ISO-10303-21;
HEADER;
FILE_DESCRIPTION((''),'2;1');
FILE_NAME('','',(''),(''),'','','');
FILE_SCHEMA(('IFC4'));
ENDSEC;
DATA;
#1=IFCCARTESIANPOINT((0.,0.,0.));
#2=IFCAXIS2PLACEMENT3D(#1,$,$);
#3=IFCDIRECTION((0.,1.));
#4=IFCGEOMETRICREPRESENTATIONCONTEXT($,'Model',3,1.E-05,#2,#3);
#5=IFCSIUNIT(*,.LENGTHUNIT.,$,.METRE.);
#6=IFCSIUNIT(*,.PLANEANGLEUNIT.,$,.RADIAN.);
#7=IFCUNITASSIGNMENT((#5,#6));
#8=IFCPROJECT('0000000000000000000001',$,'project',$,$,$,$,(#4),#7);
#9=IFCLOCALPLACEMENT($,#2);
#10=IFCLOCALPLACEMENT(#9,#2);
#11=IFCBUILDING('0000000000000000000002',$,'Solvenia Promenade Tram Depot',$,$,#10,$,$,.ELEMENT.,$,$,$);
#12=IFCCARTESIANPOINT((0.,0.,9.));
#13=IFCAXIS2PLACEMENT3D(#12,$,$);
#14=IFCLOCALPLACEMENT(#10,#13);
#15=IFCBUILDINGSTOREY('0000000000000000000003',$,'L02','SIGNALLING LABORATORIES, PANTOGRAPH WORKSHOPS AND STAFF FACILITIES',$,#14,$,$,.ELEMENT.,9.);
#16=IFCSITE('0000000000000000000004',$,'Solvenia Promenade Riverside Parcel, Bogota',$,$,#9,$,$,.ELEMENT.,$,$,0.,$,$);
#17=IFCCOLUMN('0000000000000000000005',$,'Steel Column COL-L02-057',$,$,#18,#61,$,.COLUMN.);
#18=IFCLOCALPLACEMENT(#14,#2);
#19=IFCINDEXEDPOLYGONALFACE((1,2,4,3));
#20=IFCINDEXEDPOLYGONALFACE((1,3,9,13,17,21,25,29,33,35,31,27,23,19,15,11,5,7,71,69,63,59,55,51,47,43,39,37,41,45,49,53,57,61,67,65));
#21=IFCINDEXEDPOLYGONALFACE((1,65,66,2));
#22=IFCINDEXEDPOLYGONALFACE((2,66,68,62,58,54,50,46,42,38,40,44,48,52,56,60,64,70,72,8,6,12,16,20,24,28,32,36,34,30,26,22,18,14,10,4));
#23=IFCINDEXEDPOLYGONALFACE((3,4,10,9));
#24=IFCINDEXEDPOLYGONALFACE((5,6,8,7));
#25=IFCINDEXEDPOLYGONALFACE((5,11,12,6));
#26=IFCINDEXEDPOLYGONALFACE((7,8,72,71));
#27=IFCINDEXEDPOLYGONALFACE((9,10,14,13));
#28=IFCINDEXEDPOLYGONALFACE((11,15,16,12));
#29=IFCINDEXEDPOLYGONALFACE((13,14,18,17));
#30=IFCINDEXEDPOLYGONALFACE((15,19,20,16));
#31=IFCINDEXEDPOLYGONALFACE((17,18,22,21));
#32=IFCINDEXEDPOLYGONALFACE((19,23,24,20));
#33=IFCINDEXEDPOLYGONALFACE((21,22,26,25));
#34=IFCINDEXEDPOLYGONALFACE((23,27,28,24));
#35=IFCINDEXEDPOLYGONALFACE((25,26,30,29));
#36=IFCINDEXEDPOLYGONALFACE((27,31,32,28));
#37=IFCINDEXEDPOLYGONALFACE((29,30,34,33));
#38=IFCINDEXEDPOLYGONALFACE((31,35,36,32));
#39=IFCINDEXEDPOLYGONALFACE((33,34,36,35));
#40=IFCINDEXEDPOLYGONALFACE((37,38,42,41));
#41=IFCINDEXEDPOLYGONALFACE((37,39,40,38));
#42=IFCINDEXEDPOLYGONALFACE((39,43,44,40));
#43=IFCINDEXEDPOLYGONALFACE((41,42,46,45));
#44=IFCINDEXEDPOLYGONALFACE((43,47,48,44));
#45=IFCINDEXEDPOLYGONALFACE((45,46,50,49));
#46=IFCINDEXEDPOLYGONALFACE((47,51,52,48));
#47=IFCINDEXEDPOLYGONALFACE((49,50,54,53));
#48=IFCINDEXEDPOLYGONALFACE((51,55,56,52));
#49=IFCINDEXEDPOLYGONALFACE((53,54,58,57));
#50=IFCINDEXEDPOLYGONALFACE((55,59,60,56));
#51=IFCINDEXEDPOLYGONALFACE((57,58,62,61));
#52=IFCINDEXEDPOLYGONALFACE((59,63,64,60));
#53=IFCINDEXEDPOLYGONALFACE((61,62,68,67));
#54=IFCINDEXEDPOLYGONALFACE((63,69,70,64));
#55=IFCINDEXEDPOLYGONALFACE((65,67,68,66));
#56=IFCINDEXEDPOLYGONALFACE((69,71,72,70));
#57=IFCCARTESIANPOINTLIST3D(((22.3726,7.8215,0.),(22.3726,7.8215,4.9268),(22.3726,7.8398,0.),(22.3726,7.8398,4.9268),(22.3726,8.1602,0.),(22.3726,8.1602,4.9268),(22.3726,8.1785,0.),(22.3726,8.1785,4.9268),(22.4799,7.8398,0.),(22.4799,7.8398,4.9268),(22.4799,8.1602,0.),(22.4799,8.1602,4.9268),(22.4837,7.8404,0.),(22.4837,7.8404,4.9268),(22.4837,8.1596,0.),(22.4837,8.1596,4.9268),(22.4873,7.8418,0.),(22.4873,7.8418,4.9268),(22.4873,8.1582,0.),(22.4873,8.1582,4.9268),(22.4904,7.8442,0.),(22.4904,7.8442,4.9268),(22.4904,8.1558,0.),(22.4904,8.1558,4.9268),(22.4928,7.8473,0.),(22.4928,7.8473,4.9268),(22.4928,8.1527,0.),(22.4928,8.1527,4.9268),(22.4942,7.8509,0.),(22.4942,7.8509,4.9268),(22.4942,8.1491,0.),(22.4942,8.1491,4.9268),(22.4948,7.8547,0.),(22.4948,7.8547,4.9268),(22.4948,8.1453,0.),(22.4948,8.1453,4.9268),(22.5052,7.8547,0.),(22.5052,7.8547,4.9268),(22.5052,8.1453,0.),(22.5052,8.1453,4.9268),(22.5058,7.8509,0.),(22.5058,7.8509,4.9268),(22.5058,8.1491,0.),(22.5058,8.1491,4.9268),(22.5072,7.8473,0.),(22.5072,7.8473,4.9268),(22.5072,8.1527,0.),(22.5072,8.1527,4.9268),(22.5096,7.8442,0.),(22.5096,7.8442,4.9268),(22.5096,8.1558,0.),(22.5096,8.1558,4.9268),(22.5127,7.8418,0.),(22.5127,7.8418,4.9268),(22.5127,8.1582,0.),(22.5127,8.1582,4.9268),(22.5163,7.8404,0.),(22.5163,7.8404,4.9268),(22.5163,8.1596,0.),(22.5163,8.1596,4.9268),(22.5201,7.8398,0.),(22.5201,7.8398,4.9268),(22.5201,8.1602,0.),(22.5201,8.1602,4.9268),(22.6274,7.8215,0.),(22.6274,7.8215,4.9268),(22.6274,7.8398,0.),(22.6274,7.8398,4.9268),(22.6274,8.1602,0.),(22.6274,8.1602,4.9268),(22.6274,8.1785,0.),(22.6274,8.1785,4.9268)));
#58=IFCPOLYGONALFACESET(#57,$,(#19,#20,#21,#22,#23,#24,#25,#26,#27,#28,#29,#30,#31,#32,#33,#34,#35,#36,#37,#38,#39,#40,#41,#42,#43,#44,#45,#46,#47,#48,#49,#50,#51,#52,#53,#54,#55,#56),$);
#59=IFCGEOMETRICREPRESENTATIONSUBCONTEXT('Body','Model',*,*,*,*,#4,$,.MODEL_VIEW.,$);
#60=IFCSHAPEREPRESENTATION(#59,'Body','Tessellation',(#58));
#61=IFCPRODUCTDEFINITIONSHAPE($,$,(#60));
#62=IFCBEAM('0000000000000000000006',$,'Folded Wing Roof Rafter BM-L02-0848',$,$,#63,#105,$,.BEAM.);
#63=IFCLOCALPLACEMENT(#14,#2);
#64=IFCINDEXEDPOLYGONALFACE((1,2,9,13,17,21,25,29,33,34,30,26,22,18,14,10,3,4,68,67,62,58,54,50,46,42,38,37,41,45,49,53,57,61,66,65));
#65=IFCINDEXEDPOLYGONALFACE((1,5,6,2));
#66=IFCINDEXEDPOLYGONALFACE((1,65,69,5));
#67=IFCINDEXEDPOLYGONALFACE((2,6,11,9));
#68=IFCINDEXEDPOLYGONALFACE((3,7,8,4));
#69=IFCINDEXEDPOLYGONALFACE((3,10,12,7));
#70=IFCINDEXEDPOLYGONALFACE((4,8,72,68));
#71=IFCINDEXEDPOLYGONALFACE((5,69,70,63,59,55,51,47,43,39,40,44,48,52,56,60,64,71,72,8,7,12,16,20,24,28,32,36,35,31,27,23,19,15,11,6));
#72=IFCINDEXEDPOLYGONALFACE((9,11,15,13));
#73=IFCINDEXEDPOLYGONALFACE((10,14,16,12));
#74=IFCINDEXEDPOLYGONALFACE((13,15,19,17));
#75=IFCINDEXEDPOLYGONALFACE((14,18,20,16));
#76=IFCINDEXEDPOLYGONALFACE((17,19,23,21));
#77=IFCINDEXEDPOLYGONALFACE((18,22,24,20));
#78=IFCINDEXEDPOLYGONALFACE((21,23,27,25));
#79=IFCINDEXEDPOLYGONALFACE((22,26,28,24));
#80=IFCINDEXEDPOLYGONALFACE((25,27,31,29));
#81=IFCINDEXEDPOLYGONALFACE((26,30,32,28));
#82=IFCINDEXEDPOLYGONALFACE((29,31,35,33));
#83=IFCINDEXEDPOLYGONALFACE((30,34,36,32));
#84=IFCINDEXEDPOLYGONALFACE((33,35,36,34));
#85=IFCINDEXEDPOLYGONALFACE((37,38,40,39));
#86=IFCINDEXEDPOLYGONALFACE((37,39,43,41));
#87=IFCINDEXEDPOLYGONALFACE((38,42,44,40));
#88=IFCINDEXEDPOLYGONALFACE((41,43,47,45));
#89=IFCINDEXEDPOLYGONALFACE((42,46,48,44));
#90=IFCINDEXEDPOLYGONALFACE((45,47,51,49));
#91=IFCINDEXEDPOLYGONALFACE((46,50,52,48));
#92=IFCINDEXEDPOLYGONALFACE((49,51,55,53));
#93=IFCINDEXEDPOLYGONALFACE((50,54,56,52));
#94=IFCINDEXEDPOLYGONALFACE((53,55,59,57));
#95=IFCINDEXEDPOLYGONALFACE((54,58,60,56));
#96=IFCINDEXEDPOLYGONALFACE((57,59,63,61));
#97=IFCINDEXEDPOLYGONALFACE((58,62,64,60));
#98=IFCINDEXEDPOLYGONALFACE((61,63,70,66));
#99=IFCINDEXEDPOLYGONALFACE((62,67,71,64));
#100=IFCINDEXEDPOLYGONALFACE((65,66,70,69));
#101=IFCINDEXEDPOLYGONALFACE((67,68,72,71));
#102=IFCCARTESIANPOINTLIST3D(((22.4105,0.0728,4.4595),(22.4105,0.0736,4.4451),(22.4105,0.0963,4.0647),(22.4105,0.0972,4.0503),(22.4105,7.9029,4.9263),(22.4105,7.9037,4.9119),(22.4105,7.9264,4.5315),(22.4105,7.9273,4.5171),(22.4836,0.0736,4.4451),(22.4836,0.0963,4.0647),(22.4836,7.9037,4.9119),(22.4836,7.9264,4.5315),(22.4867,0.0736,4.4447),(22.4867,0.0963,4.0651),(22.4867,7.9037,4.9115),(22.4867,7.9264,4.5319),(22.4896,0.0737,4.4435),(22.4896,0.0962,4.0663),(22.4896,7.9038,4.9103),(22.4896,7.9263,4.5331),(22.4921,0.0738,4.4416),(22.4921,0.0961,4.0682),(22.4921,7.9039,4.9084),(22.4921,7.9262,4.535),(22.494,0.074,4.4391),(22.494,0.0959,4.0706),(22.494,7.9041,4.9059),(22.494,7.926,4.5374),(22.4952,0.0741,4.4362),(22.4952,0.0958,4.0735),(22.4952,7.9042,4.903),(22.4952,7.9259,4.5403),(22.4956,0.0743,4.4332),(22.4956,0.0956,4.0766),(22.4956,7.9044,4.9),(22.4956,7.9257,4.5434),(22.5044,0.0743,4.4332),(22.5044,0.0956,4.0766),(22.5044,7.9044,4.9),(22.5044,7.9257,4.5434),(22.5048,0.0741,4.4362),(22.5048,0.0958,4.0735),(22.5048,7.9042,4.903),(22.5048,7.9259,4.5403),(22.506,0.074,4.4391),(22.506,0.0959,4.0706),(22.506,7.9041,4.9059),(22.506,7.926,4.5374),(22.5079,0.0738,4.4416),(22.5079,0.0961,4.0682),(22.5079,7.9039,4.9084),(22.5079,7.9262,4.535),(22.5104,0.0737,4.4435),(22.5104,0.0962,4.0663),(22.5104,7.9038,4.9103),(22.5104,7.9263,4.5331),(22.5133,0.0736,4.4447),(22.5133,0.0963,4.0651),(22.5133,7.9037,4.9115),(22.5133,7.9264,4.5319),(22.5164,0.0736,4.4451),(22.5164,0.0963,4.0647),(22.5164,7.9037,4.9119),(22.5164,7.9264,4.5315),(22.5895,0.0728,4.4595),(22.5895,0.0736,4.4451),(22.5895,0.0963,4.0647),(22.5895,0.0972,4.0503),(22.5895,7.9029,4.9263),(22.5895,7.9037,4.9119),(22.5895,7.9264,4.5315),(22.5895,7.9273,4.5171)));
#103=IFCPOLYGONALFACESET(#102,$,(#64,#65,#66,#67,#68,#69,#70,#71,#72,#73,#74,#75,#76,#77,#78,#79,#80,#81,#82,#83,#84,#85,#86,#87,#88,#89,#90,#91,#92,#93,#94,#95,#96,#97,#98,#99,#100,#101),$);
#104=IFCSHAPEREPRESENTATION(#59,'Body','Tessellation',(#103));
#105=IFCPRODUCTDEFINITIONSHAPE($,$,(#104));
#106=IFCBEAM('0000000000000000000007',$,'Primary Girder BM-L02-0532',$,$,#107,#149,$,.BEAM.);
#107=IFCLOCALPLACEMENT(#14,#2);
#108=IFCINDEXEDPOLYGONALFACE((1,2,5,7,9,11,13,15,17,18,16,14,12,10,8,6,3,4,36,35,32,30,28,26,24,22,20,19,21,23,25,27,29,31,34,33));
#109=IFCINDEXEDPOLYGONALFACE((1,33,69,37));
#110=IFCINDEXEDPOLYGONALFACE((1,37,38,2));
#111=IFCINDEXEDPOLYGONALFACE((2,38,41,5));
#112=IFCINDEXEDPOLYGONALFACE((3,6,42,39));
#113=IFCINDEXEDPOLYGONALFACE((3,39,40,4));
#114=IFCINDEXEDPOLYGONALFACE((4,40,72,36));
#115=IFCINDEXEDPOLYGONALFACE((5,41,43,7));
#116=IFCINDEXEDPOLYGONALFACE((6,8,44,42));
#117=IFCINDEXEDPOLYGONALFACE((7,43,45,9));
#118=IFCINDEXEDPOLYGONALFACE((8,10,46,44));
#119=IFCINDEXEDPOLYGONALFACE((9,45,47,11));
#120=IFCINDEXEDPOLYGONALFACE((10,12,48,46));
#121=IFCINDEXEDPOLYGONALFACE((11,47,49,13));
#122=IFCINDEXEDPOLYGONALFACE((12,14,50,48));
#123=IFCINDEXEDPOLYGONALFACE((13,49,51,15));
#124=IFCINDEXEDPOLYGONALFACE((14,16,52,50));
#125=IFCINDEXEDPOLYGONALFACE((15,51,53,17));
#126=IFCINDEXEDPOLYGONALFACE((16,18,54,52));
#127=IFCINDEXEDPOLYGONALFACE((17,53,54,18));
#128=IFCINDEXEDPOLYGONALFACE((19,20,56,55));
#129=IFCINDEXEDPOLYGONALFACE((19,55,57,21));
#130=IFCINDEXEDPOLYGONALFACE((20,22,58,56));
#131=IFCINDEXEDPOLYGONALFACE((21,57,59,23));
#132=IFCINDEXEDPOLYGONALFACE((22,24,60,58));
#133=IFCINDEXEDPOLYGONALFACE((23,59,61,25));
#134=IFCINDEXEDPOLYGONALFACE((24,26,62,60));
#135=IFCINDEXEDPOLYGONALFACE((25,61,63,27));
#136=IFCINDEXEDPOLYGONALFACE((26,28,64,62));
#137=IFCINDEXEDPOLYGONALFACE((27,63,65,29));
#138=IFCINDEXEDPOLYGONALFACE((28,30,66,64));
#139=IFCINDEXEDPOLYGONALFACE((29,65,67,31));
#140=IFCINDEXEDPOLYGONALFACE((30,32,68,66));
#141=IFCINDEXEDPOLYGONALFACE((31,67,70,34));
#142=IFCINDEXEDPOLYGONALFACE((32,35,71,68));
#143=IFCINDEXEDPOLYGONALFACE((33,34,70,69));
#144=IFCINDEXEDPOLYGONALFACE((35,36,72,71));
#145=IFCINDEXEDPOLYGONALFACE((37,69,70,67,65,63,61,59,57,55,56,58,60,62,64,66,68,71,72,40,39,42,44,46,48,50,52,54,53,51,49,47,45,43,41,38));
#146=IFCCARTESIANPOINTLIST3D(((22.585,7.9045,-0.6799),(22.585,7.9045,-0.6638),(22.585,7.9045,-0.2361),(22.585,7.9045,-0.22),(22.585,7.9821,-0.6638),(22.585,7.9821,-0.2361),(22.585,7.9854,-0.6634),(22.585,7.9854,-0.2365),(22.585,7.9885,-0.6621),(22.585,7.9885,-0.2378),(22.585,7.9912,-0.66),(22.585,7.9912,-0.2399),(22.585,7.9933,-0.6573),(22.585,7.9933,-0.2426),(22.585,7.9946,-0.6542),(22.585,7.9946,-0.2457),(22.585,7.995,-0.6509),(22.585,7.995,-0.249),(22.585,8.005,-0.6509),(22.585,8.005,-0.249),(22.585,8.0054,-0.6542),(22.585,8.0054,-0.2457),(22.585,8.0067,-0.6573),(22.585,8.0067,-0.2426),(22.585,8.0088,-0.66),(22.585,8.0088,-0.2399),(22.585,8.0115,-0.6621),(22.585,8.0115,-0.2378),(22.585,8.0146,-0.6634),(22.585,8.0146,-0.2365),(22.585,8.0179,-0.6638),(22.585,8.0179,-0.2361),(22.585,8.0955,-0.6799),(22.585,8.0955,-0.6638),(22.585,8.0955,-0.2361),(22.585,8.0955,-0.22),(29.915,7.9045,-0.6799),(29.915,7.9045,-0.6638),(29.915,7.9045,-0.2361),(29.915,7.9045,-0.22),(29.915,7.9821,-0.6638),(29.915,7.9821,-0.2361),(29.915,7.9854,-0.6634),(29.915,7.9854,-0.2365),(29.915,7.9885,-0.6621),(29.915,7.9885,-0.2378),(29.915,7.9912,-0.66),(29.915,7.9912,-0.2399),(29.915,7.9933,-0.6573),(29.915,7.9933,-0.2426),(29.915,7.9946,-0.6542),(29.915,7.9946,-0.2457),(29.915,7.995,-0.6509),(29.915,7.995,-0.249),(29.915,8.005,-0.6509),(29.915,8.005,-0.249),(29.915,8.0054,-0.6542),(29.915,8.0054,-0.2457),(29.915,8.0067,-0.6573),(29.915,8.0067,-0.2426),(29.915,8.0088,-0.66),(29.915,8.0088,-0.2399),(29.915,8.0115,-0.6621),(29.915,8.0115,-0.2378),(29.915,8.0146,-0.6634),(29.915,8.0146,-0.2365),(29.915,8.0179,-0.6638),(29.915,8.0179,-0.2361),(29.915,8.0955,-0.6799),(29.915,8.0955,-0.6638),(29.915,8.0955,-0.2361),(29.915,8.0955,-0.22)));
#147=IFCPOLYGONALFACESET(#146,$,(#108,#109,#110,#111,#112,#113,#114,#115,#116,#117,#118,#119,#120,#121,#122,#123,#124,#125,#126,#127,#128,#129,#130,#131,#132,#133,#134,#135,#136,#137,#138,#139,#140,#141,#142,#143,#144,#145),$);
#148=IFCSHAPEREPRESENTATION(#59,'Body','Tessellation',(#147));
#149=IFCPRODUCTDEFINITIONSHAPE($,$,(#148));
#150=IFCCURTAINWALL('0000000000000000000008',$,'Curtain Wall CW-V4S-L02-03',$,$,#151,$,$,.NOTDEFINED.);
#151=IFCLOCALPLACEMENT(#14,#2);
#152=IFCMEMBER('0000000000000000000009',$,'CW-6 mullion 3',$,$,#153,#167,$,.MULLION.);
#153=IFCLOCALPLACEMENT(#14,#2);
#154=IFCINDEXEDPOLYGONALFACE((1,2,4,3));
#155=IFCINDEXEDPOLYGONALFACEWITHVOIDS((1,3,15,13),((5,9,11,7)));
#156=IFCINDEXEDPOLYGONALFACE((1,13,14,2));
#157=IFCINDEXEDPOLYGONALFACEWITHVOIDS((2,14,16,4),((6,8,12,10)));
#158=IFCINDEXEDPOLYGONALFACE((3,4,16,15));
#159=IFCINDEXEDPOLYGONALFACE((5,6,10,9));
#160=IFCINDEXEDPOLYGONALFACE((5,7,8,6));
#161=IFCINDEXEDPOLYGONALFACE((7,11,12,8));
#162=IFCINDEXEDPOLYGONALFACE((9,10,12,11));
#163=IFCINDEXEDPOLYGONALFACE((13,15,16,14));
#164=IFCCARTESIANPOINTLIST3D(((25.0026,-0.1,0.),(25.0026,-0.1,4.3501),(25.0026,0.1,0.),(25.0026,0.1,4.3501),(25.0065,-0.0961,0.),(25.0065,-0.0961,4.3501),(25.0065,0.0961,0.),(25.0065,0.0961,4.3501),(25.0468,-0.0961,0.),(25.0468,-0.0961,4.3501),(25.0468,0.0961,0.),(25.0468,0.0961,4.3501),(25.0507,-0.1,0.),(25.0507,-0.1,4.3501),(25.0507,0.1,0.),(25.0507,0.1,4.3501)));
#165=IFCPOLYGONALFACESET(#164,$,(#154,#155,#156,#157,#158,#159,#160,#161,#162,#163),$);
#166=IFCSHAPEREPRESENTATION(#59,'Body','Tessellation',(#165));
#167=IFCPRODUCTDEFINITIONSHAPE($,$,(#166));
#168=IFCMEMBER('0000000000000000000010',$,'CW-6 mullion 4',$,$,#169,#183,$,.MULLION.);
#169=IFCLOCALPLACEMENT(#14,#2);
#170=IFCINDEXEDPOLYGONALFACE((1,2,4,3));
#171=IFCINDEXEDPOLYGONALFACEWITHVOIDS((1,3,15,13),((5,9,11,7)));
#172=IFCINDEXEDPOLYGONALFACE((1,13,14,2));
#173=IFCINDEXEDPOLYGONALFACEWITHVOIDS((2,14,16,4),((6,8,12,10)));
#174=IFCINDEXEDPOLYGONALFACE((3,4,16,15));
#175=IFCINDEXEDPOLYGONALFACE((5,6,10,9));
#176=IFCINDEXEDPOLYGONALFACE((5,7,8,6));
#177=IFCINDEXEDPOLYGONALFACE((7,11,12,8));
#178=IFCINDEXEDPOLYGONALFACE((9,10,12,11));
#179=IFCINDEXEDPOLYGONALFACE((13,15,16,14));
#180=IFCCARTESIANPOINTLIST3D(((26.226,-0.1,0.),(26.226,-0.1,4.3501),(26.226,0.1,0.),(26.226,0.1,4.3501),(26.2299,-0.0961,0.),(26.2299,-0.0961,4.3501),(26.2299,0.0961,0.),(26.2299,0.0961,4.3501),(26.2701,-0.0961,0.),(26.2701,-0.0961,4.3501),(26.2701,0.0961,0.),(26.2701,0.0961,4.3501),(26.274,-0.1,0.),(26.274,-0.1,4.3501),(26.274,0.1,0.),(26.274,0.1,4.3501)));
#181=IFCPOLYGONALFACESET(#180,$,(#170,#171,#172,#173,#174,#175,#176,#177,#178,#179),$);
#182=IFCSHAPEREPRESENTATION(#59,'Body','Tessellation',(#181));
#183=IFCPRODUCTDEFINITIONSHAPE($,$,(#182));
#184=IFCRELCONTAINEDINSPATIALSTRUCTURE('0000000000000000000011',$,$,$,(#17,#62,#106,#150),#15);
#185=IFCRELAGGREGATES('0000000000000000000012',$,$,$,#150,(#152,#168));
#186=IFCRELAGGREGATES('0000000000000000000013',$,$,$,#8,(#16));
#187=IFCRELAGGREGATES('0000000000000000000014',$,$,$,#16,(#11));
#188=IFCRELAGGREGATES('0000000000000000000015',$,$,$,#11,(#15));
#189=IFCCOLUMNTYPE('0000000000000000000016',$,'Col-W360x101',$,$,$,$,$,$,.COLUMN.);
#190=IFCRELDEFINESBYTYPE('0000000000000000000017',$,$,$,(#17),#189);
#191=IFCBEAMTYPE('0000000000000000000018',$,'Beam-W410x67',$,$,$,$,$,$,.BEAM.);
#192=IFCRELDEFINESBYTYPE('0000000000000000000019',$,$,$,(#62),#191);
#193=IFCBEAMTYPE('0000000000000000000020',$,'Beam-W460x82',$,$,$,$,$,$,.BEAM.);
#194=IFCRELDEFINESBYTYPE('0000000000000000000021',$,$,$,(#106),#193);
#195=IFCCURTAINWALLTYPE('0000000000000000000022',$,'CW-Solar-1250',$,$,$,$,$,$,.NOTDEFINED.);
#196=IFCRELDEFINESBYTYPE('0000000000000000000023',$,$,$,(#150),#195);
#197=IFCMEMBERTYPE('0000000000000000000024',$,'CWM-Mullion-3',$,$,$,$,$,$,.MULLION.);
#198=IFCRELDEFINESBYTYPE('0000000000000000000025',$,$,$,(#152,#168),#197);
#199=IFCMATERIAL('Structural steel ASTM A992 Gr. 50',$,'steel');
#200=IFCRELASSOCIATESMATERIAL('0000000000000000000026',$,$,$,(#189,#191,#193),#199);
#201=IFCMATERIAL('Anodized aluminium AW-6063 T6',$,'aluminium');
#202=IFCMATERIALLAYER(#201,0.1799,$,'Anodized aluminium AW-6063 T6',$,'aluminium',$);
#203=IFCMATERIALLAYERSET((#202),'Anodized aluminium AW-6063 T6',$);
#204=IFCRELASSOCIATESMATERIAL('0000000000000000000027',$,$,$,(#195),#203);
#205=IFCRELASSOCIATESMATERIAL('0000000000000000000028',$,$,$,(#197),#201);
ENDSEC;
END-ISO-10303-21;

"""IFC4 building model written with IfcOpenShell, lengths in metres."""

from ifc_helpers import new_model, si_unit, direction, frame, origin, origin_2d, place, context, subcontext, project, spatial, hollow_rectangle, i_section, extrude, material, layer, layer_set, material_profile, profile_set, type_object, element, aggregate, save


model = new_model("IFC4")

# Units and contexts
model_context = context("Model", 3, precision=1e-05, world=origin(), true_north=direction((0.0, 1.0)))
body_context = subcontext(model_context, "Body", "Model", "MODEL_VIEW")
ifc_project = project(units=[si_unit("LENGTHUNIT", "METRE"), si_unit("PLANEANGLEUNIT", "RADIAN")], contexts=[model_context])

# Site, building, storey
site_placement = place(None, origin())
site = spatial("IfcSite", under=ifc_project, at=site_placement, Name="Solvenia Promenade Riverside Parcel, Bogota", CompositionType="ELEMENT", RefElevation=0.0)
building_placement = place(site_placement, origin())
building = spatial("IfcBuilding", under=site, at=building_placement, Name="Solvenia Promenade Tram Depot", CompositionType="ELEMENT")
storey_placement = place(building_placement, frame((0.0, 0.0, 9.0)))
storey = spatial("IfcBuildingStorey", under=building, at=storey_placement, Name="L02", Description="SIGNALLING LABORATORIES, PANTOGRAPH WORKSHOPS AND STAFF FACILITIES", CompositionType="ELEMENT", Elevation=9.0)

# Column
ifc_material_1 = material(Name="Structural steel ASTM A992 Gr. 50", Category="steel")
ifc_material_profile_1 = material_profile(ifc_material_1, i_section(OverallWidth=0.2549, OverallDepth=0.3569, WebThickness=0.0105, FlangeThickness=0.0183, FilletRadius=0.0149, at=origin_2d()), Name="W360x101", Category="steel")
ifc_profile_set_1 = profile_set([ifc_material_profile_1], Name="Structural steel ASTM A992 Gr. 50")
column_type = type_object("IfcColumnType", Name="Col-W360x101", PredefinedType="COLUMN", material=ifc_profile_set_1)
column_placement = place(storey_placement, frame((22.5, 8.0, 0.0), z_axis=(0.0, 0.0, 1.0), x_axis=(1.0, 0.0, 0.0)))
element("IfcColumn", 1, at=column_placement, inside=storey, type_object=column_type, Name="Steel Column COL-L02-057", PredefinedType="COLUMN", context=body_context, shape_type="SweptSolid", body=[
    extrude(i_section(OverallWidth=0.2549, OverallDepth=0.3569, WebThickness=0.0105, FlangeThickness=0.0183, FilletRadius=0.0149, at=origin_2d()), origin(), (0.0, 0.0, 1.0), 4.9268),
])

# Beams
ifc_material_profile_2 = material_profile(ifc_material_1, i_section(OverallWidth=0.179, OverallDepth=0.4099, WebThickness=0.0088, FlangeThickness=0.0144, FilletRadius=0.012, at=origin_2d()), Name="W410x67", Category="steel")
ifc_profile_set_2 = profile_set([ifc_material_profile_2], Name="Structural steel ASTM A992 Gr. 50")
beam_type_1 = type_object("IfcBeamType", Name="Beam-W410x67", PredefinedType="BEAM", material=ifc_profile_set_2)
beam_1_placement = place(storey_placement, frame((22.5, 0.085, 4.2549), z_axis=(0.0, 0.998228, 0.05951), x_axis=(-1.0, 0.0, 0.0)))
element("IfcBeam", 2, at=beam_1_placement, inside=storey, type_object=beam_type_1, Name="Folded Wing Roof Rafter BM-L02-0848", PredefinedType="BEAM", context=body_context, shape_type="SweptSolid", body=[
    extrude(i_section(OverallWidth=0.179, OverallDepth=0.4099, WebThickness=0.0088, FlangeThickness=0.0144, FilletRadius=0.012, at=origin_2d()), origin(), (0.0, 0.0, 1.0), 7.844),
])
ifc_material_profile_3 = material_profile(ifc_material_1, i_section(OverallWidth=0.1909, OverallDepth=0.46, WebThickness=0.01, FlangeThickness=0.0161, FilletRadius=0.0129, at=origin_2d()), Name="W460x82", Category="steel")
ifc_profile_set_3 = profile_set([ifc_material_profile_3], Name="Structural steel ASTM A992 Gr. 50")
beam_type_2 = type_object("IfcBeamType", Name="Beam-W460x82", PredefinedType="BEAM", material=ifc_profile_set_3)
beam_2_placement = place(storey_placement, frame((22.585, 8.0, -0.45), z_axis=(1.0, 0.0, 0.0), x_axis=(0.0, 1.0, 0.0)))
element("IfcBeam", 3, at=beam_2_placement, inside=storey, type_object=beam_type_2, Name="Primary Girder BM-L02-0532", PredefinedType="BEAM", context=body_context, shape_type="SweptSolid", body=[
    extrude(i_section(OverallWidth=0.1909, OverallDepth=0.46, WebThickness=0.01, FlangeThickness=0.0161, FilletRadius=0.0129, at=origin_2d()), origin(), (0.0, 0.0, 1.0), 7.3301),
])

# Curtain wall, members
ifc_material_2 = material(Name="Anodized aluminium AW-6063 T6", Category="aluminium")
ifc_layer_1 = layer(ifc_material_2, 0.1799, Name="Anodized aluminium AW-6063 T6", Category="aluminium")
ifc_layer_set_1 = layer_set([ifc_layer_1], Name="Anodized aluminium AW-6063 T6")
curtain_wall_type = type_object("IfcCurtainWallType", Name="CW-Solar-1250", PredefinedType="NOTDEFINED", material=ifc_layer_set_1)
curtain_wall_placement = place(storey_placement, origin())
curtain_wall = element("IfcCurtainWall", 4, at=curtain_wall_placement, inside=storey, type_object=curtain_wall_type, Name="Curtain Wall CW-V4S-L02-03", PredefinedType="NOTDEFINED")
ifc_material_profile_4 = material_profile(ifc_material_2, hollow_rectangle(XDim=0.2, YDim=0.0481, WallThickness=0.0039, at=origin_2d()), Name="ALU-M3", Category="aluminium")
ifc_profile_set_4 = profile_set([ifc_material_profile_4], Name="Anodized aluminium AW-6063 T6")
member_type_1 = type_object("IfcMemberType", Name="CWM-Mullion-3", PredefinedType="MULLION", material=ifc_profile_set_4)
member_1_placement = place(storey_placement, frame((25.0266, 0.0, 0.0), z_axis=(0.0, 0.0, 1.0), x_axis=(0.0, 1.0, 0.0)))
member_1 = element("IfcMember", 5, at=member_1_placement, type_object=member_type_1, Name="CW-6 mullion 3", PredefinedType="MULLION", context=body_context, shape_type="SweptSolid", body=[
    extrude(hollow_rectangle(XDim=0.2, YDim=0.0481, WallThickness=0.0039, at=origin_2d()), origin(), (0.0, 0.0, 1.0), 4.3501),
])
member_2_placement = place(storey_placement, frame((26.25, 0.0, 0.0), z_axis=(0.0, 0.0, 1.0), x_axis=(0.0, 1.0, 0.0)))
member_2 = element("IfcMember", 6, at=member_2_placement, type_object=member_type_1, Name="CW-6 mullion 4", PredefinedType="MULLION", context=body_context, shape_type="SweptSolid", body=[
    extrude(hollow_rectangle(XDim=0.2, YDim=0.0481, WallThickness=0.0039, at=origin_2d()), origin(), (0.0, 0.0, 1.0), 4.3501),
])

aggregate(curtain_wall, [member_1, member_2])

save(model, "model.ifc")
